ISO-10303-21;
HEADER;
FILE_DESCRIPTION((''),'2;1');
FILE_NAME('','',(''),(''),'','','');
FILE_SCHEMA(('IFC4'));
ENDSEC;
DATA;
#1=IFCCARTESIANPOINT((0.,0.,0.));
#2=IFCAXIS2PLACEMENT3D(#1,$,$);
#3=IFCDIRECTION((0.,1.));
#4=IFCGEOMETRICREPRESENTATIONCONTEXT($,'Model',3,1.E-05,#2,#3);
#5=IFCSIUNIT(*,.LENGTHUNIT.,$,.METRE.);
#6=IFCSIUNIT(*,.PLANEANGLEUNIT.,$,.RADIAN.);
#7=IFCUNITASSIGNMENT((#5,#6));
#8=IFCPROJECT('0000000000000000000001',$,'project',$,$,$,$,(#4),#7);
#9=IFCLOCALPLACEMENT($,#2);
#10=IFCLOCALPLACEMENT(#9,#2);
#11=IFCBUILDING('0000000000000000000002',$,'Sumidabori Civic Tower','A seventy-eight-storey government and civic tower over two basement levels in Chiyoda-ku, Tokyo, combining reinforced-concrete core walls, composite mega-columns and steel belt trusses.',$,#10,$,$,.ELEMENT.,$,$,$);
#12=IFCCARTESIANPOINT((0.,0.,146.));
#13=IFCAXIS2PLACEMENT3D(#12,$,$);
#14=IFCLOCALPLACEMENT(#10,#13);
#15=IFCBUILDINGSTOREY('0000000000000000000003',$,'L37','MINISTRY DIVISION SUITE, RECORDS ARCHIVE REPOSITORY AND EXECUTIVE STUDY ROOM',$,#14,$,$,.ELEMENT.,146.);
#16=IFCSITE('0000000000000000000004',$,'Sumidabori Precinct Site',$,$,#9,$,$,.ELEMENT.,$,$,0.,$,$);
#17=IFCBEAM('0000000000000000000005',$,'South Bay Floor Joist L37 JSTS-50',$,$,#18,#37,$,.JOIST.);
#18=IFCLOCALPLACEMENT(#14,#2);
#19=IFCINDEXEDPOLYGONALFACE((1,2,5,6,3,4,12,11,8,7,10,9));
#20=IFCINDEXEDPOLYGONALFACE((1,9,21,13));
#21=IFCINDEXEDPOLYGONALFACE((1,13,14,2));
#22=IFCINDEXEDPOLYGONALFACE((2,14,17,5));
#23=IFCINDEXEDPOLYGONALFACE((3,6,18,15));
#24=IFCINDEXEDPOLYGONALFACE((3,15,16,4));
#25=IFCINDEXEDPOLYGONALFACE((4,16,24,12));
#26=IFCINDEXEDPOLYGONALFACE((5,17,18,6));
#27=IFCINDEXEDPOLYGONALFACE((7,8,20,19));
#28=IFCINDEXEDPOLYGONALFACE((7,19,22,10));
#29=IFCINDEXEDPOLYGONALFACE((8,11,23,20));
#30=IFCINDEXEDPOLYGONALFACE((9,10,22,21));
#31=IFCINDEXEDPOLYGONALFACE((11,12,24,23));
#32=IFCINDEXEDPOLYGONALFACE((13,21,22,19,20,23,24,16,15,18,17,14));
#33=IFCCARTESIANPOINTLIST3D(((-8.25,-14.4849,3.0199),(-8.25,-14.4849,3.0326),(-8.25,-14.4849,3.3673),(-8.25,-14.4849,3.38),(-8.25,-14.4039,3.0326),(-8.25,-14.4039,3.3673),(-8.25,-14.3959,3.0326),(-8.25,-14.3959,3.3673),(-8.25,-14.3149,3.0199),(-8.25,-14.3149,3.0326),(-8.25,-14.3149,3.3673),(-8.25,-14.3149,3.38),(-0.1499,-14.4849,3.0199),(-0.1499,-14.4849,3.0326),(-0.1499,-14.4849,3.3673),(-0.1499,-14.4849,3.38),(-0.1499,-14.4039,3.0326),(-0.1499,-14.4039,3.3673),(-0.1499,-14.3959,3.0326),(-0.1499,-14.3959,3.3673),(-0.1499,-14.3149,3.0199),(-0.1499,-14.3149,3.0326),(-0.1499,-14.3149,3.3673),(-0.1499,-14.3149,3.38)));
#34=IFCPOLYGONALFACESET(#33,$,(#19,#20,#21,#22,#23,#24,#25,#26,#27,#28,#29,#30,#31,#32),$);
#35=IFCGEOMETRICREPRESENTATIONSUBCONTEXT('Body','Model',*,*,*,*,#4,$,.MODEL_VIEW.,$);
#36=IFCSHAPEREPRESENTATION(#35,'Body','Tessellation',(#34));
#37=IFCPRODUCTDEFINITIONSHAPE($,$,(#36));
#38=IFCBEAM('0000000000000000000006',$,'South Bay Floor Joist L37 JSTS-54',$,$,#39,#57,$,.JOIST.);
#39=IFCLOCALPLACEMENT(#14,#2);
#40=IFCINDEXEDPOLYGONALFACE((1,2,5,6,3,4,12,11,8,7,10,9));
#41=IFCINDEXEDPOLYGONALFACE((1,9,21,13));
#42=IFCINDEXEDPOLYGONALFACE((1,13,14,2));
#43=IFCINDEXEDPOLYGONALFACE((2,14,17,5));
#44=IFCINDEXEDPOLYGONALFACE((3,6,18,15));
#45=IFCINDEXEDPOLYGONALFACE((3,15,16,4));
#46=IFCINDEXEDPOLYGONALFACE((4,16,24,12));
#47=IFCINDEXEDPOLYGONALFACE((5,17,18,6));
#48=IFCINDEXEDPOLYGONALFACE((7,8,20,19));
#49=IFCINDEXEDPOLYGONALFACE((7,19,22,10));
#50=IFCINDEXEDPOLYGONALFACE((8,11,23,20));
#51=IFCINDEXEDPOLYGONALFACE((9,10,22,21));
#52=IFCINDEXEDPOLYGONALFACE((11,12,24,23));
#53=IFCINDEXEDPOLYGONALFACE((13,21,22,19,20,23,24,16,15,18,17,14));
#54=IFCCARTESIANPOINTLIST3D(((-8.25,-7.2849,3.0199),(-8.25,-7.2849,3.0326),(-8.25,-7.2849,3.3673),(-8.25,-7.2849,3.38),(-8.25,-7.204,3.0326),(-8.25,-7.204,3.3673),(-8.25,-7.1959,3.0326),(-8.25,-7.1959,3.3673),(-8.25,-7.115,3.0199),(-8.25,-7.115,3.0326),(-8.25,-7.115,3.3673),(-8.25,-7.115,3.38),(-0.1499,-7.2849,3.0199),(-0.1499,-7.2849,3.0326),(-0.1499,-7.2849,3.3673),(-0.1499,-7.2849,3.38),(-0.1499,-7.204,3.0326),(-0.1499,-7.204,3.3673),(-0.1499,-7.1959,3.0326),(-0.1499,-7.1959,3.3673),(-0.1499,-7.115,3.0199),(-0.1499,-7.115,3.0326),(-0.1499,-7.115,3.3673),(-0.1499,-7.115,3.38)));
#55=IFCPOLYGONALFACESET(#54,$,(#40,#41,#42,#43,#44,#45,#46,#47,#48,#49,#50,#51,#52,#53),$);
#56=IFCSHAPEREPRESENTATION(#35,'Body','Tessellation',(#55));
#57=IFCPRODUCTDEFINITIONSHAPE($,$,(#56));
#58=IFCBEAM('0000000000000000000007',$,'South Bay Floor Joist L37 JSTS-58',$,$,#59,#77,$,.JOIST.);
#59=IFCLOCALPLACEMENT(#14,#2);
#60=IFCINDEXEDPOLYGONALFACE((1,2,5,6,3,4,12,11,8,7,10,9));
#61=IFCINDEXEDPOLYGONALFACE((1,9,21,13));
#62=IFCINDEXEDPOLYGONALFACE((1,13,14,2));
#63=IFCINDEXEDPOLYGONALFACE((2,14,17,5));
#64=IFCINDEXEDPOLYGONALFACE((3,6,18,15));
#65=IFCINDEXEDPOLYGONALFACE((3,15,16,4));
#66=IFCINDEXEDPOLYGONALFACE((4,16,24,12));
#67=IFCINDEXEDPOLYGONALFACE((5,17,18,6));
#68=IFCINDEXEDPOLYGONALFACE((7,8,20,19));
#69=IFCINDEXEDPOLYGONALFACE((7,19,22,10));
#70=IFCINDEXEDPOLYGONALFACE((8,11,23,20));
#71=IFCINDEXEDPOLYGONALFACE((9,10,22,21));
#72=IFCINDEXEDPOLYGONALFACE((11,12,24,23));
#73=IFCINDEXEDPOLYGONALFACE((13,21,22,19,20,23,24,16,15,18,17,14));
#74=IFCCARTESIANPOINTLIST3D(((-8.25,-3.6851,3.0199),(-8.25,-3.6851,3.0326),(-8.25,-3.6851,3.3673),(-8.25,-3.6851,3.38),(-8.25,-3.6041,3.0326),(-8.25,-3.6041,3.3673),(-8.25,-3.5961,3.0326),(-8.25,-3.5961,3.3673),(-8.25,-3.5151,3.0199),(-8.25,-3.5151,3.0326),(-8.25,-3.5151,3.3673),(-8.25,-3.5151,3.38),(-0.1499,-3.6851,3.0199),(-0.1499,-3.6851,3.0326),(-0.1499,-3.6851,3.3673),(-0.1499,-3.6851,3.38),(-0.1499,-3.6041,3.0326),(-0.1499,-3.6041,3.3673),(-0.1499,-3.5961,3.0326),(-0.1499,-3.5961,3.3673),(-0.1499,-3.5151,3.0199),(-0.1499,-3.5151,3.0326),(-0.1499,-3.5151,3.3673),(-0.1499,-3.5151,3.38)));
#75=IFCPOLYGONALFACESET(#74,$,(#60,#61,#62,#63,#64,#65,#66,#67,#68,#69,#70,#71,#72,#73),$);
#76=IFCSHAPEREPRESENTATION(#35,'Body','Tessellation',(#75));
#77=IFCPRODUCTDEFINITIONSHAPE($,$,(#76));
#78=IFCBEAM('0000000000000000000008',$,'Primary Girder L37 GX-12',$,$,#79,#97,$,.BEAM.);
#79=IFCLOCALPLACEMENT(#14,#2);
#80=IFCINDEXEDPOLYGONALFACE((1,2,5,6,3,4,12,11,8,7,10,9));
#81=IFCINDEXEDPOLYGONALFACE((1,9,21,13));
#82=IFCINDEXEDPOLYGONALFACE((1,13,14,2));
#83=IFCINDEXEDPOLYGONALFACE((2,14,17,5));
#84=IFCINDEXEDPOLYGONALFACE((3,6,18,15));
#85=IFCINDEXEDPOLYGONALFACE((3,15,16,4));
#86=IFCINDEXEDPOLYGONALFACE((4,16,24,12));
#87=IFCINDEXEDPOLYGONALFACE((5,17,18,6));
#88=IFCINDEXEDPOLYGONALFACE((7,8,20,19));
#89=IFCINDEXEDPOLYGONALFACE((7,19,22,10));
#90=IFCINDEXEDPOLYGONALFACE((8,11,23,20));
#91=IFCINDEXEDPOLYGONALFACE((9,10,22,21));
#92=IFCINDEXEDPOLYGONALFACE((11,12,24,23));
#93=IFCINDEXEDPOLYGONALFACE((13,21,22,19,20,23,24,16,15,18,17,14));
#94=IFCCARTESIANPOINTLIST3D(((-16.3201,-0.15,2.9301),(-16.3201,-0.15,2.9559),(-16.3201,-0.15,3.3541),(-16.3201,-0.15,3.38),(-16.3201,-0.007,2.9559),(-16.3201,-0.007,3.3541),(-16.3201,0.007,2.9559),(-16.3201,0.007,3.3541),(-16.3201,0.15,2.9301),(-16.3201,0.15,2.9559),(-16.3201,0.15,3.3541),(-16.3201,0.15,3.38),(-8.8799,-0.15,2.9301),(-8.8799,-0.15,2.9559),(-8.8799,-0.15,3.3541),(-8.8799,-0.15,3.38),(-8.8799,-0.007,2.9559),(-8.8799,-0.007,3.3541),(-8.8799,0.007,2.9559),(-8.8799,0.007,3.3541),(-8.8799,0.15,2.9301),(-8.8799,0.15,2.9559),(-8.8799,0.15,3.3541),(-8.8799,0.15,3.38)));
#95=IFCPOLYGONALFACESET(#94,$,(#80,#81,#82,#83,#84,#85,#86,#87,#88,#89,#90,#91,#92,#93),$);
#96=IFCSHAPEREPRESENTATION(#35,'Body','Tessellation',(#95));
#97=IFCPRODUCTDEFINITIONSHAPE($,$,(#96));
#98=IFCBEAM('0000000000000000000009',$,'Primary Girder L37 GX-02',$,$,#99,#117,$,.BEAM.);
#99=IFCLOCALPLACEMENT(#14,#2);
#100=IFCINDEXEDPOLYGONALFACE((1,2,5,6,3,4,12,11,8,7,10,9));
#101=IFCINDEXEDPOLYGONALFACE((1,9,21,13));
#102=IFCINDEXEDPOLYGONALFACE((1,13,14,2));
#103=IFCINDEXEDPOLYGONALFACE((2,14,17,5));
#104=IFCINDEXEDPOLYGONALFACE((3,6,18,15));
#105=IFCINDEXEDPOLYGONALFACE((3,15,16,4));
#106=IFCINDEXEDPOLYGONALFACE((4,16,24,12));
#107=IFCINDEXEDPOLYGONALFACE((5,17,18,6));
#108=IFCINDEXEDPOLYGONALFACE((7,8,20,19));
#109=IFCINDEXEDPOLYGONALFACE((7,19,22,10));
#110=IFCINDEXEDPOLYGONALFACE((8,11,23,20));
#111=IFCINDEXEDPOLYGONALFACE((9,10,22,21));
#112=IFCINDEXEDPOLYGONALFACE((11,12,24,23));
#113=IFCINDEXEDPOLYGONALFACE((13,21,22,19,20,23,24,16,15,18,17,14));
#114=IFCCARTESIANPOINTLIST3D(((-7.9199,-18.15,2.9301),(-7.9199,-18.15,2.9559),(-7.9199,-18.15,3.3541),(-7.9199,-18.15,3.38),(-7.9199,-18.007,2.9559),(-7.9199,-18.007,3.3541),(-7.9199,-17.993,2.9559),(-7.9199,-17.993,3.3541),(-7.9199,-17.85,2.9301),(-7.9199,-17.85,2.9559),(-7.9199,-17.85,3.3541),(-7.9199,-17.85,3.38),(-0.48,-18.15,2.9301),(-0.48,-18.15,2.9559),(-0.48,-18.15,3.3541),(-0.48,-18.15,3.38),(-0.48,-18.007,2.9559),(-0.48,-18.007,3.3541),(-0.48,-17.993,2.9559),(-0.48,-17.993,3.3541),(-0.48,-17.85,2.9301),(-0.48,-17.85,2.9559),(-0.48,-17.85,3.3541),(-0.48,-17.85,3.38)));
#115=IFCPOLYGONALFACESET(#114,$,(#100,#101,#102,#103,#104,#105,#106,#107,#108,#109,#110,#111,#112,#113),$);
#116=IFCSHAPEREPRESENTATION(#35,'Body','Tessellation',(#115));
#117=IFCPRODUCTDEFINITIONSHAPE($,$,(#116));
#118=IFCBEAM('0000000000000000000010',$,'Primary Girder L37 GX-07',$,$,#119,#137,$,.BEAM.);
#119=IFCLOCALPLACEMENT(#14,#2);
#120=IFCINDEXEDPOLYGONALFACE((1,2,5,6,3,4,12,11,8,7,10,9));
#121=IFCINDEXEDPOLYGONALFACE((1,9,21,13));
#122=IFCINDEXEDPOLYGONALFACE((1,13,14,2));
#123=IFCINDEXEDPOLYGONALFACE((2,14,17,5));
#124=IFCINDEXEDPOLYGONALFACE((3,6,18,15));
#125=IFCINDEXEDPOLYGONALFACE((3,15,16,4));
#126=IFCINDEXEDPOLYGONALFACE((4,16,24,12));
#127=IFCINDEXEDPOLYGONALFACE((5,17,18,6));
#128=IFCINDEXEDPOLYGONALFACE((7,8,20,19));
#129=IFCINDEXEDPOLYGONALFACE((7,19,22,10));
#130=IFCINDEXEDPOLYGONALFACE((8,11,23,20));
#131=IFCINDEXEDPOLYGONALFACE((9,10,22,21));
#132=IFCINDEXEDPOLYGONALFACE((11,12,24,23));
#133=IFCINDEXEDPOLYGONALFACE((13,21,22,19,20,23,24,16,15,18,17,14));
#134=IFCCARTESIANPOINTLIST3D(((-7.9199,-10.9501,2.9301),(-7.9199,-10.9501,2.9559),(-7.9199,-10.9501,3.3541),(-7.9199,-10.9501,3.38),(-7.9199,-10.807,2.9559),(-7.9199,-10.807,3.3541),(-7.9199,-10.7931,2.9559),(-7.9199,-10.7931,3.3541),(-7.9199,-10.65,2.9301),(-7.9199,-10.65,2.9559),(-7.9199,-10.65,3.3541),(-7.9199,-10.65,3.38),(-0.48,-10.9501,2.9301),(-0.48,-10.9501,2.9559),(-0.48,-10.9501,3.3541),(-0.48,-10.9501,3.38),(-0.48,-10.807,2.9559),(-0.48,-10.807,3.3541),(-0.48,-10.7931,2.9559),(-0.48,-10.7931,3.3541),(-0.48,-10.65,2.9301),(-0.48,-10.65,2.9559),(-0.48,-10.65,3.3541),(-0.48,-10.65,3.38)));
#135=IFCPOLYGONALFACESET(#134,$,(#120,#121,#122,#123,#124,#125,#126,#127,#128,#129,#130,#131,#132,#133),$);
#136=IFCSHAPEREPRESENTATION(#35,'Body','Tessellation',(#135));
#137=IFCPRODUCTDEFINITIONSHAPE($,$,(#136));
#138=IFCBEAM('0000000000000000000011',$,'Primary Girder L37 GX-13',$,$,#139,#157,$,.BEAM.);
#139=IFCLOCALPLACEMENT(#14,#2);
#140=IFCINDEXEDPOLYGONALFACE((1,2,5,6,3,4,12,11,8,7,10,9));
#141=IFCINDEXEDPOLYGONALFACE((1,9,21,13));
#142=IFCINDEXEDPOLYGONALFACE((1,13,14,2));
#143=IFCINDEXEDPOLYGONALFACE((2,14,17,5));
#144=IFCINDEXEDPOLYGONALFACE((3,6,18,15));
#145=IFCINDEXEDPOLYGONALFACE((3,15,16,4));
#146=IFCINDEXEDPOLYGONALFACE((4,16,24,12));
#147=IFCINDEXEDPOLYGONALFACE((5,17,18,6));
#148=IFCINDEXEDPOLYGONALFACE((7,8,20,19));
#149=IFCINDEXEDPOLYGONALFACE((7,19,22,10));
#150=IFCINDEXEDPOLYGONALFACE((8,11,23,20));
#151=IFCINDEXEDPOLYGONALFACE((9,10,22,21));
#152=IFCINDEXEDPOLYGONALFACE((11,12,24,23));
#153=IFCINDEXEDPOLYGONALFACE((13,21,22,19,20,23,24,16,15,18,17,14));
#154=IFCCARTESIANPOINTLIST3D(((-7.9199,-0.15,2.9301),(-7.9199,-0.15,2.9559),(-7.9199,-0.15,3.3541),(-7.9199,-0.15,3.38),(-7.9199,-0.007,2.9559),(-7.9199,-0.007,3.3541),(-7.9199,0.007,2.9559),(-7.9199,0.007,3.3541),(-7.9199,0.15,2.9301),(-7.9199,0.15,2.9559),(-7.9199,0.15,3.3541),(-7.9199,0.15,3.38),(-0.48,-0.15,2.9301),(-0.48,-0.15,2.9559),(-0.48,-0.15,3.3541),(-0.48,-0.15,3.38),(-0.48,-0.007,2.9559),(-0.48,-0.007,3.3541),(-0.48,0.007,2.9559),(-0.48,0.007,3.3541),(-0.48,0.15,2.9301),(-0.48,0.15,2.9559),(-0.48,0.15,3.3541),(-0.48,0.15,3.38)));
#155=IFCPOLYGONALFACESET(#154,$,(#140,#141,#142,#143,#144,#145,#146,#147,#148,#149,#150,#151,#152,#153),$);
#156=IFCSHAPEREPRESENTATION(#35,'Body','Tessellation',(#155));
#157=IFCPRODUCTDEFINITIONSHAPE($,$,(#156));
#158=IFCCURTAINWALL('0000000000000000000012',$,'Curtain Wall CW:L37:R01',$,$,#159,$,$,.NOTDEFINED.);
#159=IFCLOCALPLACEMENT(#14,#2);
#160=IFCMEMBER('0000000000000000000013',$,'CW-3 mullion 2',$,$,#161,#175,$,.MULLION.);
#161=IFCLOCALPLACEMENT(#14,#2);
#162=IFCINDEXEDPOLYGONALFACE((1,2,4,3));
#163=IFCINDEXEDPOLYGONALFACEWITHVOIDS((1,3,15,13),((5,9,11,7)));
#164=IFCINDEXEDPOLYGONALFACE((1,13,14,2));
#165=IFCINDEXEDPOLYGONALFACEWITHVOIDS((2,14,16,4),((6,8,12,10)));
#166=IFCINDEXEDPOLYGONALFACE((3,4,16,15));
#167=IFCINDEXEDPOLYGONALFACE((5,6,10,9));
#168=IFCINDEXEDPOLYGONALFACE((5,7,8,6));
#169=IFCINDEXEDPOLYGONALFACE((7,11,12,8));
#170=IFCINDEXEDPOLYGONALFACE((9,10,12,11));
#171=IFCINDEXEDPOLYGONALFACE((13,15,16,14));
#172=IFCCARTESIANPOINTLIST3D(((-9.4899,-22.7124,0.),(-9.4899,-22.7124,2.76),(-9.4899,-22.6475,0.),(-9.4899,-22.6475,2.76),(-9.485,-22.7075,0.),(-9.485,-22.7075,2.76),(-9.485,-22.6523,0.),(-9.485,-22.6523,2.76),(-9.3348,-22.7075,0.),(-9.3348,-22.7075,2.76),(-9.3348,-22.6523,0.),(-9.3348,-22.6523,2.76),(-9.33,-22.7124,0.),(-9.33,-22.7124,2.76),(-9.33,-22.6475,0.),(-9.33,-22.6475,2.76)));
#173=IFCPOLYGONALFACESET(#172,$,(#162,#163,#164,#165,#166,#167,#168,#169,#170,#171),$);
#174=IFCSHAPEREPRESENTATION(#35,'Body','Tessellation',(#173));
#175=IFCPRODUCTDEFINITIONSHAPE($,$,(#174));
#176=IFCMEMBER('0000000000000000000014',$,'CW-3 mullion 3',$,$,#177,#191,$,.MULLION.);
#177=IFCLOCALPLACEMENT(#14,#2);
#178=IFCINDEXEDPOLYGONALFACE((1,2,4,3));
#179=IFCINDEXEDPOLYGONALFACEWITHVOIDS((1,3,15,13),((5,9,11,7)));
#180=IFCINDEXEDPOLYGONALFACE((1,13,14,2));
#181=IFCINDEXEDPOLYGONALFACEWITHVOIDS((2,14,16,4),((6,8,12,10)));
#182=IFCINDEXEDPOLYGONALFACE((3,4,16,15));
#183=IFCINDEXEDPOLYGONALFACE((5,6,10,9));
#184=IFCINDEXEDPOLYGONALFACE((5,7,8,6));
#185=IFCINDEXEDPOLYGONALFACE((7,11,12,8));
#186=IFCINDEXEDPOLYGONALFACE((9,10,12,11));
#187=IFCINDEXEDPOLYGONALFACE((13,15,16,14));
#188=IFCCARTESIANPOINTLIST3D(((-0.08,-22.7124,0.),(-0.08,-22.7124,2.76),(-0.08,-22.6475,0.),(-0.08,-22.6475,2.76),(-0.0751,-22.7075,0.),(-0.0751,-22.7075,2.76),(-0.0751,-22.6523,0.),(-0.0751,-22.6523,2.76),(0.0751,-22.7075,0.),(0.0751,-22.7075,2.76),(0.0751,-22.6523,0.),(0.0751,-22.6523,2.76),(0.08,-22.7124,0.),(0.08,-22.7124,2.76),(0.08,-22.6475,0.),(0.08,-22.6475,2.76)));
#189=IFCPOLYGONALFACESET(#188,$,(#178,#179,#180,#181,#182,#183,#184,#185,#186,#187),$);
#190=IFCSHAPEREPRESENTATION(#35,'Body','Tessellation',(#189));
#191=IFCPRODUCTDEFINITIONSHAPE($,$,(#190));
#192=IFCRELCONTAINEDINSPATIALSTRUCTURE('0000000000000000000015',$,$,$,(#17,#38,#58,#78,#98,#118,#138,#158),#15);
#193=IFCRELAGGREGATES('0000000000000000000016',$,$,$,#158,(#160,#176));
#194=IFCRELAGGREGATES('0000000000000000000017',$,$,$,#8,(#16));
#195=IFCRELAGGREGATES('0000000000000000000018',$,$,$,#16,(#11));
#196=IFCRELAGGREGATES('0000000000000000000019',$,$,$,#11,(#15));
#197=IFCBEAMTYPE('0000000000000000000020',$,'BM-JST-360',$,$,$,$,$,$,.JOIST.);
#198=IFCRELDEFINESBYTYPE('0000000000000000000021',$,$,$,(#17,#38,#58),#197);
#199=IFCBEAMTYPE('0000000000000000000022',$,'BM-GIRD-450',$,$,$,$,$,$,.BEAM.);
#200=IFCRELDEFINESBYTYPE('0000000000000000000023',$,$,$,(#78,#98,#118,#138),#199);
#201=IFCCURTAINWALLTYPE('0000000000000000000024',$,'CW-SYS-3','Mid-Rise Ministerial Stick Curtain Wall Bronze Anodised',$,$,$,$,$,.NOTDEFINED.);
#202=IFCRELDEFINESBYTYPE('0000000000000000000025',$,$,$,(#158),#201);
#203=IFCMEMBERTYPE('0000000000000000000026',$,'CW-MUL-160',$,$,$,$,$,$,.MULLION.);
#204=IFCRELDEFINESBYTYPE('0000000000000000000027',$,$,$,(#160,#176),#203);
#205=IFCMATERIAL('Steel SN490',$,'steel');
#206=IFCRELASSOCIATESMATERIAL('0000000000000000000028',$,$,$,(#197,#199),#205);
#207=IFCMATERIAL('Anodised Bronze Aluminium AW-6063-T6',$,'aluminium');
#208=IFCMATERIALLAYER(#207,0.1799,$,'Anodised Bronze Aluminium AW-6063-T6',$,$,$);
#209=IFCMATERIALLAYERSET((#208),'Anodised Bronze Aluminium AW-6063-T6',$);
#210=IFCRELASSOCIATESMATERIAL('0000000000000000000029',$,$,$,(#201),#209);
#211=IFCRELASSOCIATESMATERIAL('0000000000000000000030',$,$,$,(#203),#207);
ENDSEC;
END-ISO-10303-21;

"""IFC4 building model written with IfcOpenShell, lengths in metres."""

from ifc_helpers import new_model, si_unit, direction, frame, origin, origin_2d, place, context, subcontext, project, spatial, hollow_rectangle, i_section, extrude, source, transform, mapped, material, layer, layer_set, material_profile, profile_set, type_object, element, aggregate, save


model = new_model("IFC4")

# Units and contexts
model_context = context("Model", 3, precision=1e-05, world=origin(), true_north=direction((0.0, 1.0)))
body_context = subcontext(model_context, "Body", "Model", "MODEL_VIEW")
ifc_project = project(units=[si_unit("LENGTHUNIT", "METRE"), si_unit("PLANEANGLEUNIT", "RADIAN")], contexts=[model_context])

# Site, building, storey
site_placement = place(None, origin())
site = spatial("IfcSite", under=ifc_project, at=site_placement, Name="Sumidabori Precinct Site", CompositionType="ELEMENT", RefElevation=0.0)
building_placement = place(site_placement, origin())
building = spatial("IfcBuilding", under=site, at=building_placement, Name="Sumidabori Civic Tower", Description="A seventy-eight-storey government and civic tower over two basement levels in Chiyoda-ku, Tokyo, combining reinforced-concrete core walls, composite mega-columns and steel belt trusses.", CompositionType="ELEMENT")
storey_placement = place(building_placement, frame((0.0, 0.0, 146.0)))
storey = spatial("IfcBuildingStorey", under=building, at=storey_placement, Name="L37", Description="MINISTRY DIVISION SUITE, RECORDS ARCHIVE REPOSITORY AND EXECUTIVE STUDY ROOM", CompositionType="ELEMENT", Elevation=146.0)

# Beams
ifc_material_1 = material(Name="Steel SN490", Category="steel")
ifc_material_profile_1 = material_profile(ifc_material_1, i_section(OverallWidth=0.1699, OverallDepth=0.3601, WebThickness=0.0081, FlangeThickness=0.0127, at=origin_2d()), Name="IPE 360")
ifc_profile_set_1 = profile_set([ifc_material_profile_1], Name="Steel SN490")
beam_type_1 = type_object("IfcBeamType", Name="BM-JST-360", PredefinedType="JOIST", material=ifc_profile_set_1)
shared_shape_1 = source(origin(), body_context, "Body", "SweptSolid", [
    extrude(i_section(OverallWidth=0.1699, OverallDepth=0.3601, WebThickness=0.0081, FlangeThickness=0.0127, at=origin_2d()), origin(), (0.0, 0.0, 1.0), 8.1001),
])
for number, where, z_axis, x_axis, name in (
    (1, (-8.25, -14.3999, 3.2), (1.0, 0.0, 0.0), (0.0, 1.0, 0.0), "South Bay Floor Joist L37 JSTS-50"),
    (2, (-8.25, -7.2, 3.2), (1.0, 0.0, 0.0), (0.0, 1.0, 0.0), "South Bay Floor Joist L37 JSTS-54"),
    (3, (-8.25, -3.6001, 3.2), (1.0, 0.0, 0.0), (0.0, 1.0, 0.0), "South Bay Floor Joist L37 JSTS-58"),
):
    element("IfcBeam", number, at=place(storey_placement, frame(where, z_axis=z_axis, x_axis=x_axis)), inside=storey, type_object=beam_type_1, Name=name, PredefinedType="JOIST", context=body_context, shape_type="MappedRepresentation", body=[
        mapped(shared_shape_1, transform((0.0, 0.0, 0.0), x_axis=(1.0, 0.0, 0.0), y_axis=(0.0, 1.0, 0.0), z_axis=(0.0, 0.0, 1.0), scale=1.0)),
    ])
ifc_material_profile_2 = material_profile(ifc_material_1, i_section(OverallWidth=0.3, OverallDepth=0.45, WebThickness=0.0139, FlangeThickness=0.0259, at=origin_2d()), Name="HE 450 B")
ifc_profile_set_2 = profile_set([ifc_material_profile_2], Name="Steel SN490")
beam_type_2 = type_object("IfcBeamType", Name="BM-GIRD-450", PredefinedType="BEAM", material=ifc_profile_set_2)
shared_shape_2 = source(origin(), body_context, "Body", "SweptSolid", [
    extrude(i_section(OverallWidth=0.3, OverallDepth=0.45, WebThickness=0.0139, FlangeThickness=0.0259, at=origin_2d()), origin(), (0.0, 0.0, 1.0), 7.4402),
])
beam_placement = place(storey_placement, frame((-16.3201, 0.0, 3.155), z_axis=(1.0, 0.0, 0.0), x_axis=(0.0, 1.0, 0.0)))
element("IfcBeam", 4, at=beam_placement, inside=storey, type_object=beam_type_2, Name="Primary Girder L37 GX-12", PredefinedType="BEAM", context=body_context, shape_type="MappedRepresentation", body=[
    mapped(shared_shape_2, transform((0.0, 0.0, 0.0), x_axis=(1.0, 0.0, 0.0), y_axis=(0.0, 1.0, 0.0), z_axis=(0.0, 0.0, 1.0), scale=1.0)),
])
shared_shape_3 = source(origin(), body_context, "Body", "SweptSolid", [
    extrude(i_section(OverallWidth=0.3, OverallDepth=0.45, WebThickness=0.0139, FlangeThickness=0.0259, at=origin_2d()), origin(), (0.0, 0.0, 1.0), 7.4399),
])
for number, where, z_axis, x_axis, name in (
    (5, (-7.9199, -18.0, 3.155), (1.0, 0.0, 0.0), (0.0, 1.0, 0.0), "Primary Girder L37 GX-02"),
    (6, (-7.9199, -10.8, 3.155), (1.0, 0.0, 0.0), (0.0, 1.0, 0.0), "Primary Girder L37 GX-07"),
    (7, (-7.9199, 0.0, 3.155), (1.0, 0.0, 0.0), (0.0, 1.0, 0.0), "Primary Girder L37 GX-13"),
):
    element("IfcBeam", number, at=place(storey_placement, frame(where, z_axis=z_axis, x_axis=x_axis)), inside=storey, type_object=beam_type_2, Name=name, PredefinedType="BEAM", context=body_context, shape_type="MappedRepresentation", body=[
        mapped(shared_shape_3, transform((0.0, 0.0, 0.0), x_axis=(1.0, 0.0, 0.0), y_axis=(0.0, 1.0, 0.0), z_axis=(0.0, 0.0, 1.0), scale=1.0)),
    ])

# Curtain wall, members
ifc_material_2 = material(Name="Anodised Bronze Aluminium AW-6063-T6", Category="aluminium")
ifc_layer_1 = layer(ifc_material_2, 0.1799, Name="Anodised Bronze Aluminium AW-6063-T6")
ifc_layer_set_1 = layer_set([ifc_layer_1], Name="Anodised Bronze Aluminium AW-6063-T6")
curtain_wall_type = type_object("IfcCurtainWallType", Name="CW-SYS-3", Description="Mid-Rise Ministerial Stick Curtain Wall Bronze Anodised", PredefinedType="NOTDEFINED", material=ifc_layer_set_1)
curtain_wall_placement = place(storey_placement, origin())
curtain_wall = element("IfcCurtainWall", 8, at=curtain_wall_placement, inside=storey, type_object=curtain_wall_type, Name="Curtain Wall CW:L37:R01", PredefinedType="NOTDEFINED")
ifc_material_profile_3 = material_profile(ifc_material_2, hollow_rectangle(XDim=0.0649, YDim=0.1599, WallThickness=0.0049, at=origin_2d()), Name="ALU MULLION 160x65")
ifc_profile_set_3 = profile_set([ifc_material_profile_3], Name="Anodised Bronze Aluminium AW-6063-T6")
member_type_1 = type_object("IfcMemberType", Name="CW-MUL-160", PredefinedType="MULLION", material=ifc_profile_set_3)
shared_shape_4 = source(origin(), body_context, "Body", "SweptSolid", [
    extrude(hollow_rectangle(XDim=0.0649, YDim=0.1599, WallThickness=0.0049, at=origin_2d()), origin(), (0.0, 0.0, 1.0), 2.76),
])
member_1_placement = place(storey_placement, frame((-9.4099, -22.6799, 0.0), z_axis=(0.0, 0.0, 1.0), x_axis=(0.0, 1.0, 0.0)))
member_1 = element("IfcMember", 9, at=member_1_placement, type_object=member_type_1, Name="CW-3 mullion 2", PredefinedType="MULLION", context=body_context, shape_type="MappedRepresentation", body=[
    mapped(shared_shape_4, transform((0.0, 0.0, 0.0), x_axis=(1.0, 0.0, 0.0), y_axis=(0.0, 1.0, 0.0), z_axis=(0.0, 0.0, 1.0), scale=1.0)),
])
member_2_placement = place(storey_placement, frame((0.0, -22.6799, 0.0), z_axis=(0.0, 0.0, 1.0), x_axis=(0.0, 1.0, 0.0)))
member_2 = element("IfcMember", 10, at=member_2_placement, type_object=member_type_1, Name="CW-3 mullion 3", PredefinedType="MULLION", context=body_context, shape_type="MappedRepresentation", body=[
    mapped(shared_shape_4, transform((0.0, 0.0, 0.0), x_axis=(1.0, 0.0, 0.0), y_axis=(0.0, 1.0, 0.0), z_axis=(0.0, 0.0, 1.0), scale=1.0)),
])

aggregate(curtain_wall, [member_1, member_2])

save(model, "model.ifc")
